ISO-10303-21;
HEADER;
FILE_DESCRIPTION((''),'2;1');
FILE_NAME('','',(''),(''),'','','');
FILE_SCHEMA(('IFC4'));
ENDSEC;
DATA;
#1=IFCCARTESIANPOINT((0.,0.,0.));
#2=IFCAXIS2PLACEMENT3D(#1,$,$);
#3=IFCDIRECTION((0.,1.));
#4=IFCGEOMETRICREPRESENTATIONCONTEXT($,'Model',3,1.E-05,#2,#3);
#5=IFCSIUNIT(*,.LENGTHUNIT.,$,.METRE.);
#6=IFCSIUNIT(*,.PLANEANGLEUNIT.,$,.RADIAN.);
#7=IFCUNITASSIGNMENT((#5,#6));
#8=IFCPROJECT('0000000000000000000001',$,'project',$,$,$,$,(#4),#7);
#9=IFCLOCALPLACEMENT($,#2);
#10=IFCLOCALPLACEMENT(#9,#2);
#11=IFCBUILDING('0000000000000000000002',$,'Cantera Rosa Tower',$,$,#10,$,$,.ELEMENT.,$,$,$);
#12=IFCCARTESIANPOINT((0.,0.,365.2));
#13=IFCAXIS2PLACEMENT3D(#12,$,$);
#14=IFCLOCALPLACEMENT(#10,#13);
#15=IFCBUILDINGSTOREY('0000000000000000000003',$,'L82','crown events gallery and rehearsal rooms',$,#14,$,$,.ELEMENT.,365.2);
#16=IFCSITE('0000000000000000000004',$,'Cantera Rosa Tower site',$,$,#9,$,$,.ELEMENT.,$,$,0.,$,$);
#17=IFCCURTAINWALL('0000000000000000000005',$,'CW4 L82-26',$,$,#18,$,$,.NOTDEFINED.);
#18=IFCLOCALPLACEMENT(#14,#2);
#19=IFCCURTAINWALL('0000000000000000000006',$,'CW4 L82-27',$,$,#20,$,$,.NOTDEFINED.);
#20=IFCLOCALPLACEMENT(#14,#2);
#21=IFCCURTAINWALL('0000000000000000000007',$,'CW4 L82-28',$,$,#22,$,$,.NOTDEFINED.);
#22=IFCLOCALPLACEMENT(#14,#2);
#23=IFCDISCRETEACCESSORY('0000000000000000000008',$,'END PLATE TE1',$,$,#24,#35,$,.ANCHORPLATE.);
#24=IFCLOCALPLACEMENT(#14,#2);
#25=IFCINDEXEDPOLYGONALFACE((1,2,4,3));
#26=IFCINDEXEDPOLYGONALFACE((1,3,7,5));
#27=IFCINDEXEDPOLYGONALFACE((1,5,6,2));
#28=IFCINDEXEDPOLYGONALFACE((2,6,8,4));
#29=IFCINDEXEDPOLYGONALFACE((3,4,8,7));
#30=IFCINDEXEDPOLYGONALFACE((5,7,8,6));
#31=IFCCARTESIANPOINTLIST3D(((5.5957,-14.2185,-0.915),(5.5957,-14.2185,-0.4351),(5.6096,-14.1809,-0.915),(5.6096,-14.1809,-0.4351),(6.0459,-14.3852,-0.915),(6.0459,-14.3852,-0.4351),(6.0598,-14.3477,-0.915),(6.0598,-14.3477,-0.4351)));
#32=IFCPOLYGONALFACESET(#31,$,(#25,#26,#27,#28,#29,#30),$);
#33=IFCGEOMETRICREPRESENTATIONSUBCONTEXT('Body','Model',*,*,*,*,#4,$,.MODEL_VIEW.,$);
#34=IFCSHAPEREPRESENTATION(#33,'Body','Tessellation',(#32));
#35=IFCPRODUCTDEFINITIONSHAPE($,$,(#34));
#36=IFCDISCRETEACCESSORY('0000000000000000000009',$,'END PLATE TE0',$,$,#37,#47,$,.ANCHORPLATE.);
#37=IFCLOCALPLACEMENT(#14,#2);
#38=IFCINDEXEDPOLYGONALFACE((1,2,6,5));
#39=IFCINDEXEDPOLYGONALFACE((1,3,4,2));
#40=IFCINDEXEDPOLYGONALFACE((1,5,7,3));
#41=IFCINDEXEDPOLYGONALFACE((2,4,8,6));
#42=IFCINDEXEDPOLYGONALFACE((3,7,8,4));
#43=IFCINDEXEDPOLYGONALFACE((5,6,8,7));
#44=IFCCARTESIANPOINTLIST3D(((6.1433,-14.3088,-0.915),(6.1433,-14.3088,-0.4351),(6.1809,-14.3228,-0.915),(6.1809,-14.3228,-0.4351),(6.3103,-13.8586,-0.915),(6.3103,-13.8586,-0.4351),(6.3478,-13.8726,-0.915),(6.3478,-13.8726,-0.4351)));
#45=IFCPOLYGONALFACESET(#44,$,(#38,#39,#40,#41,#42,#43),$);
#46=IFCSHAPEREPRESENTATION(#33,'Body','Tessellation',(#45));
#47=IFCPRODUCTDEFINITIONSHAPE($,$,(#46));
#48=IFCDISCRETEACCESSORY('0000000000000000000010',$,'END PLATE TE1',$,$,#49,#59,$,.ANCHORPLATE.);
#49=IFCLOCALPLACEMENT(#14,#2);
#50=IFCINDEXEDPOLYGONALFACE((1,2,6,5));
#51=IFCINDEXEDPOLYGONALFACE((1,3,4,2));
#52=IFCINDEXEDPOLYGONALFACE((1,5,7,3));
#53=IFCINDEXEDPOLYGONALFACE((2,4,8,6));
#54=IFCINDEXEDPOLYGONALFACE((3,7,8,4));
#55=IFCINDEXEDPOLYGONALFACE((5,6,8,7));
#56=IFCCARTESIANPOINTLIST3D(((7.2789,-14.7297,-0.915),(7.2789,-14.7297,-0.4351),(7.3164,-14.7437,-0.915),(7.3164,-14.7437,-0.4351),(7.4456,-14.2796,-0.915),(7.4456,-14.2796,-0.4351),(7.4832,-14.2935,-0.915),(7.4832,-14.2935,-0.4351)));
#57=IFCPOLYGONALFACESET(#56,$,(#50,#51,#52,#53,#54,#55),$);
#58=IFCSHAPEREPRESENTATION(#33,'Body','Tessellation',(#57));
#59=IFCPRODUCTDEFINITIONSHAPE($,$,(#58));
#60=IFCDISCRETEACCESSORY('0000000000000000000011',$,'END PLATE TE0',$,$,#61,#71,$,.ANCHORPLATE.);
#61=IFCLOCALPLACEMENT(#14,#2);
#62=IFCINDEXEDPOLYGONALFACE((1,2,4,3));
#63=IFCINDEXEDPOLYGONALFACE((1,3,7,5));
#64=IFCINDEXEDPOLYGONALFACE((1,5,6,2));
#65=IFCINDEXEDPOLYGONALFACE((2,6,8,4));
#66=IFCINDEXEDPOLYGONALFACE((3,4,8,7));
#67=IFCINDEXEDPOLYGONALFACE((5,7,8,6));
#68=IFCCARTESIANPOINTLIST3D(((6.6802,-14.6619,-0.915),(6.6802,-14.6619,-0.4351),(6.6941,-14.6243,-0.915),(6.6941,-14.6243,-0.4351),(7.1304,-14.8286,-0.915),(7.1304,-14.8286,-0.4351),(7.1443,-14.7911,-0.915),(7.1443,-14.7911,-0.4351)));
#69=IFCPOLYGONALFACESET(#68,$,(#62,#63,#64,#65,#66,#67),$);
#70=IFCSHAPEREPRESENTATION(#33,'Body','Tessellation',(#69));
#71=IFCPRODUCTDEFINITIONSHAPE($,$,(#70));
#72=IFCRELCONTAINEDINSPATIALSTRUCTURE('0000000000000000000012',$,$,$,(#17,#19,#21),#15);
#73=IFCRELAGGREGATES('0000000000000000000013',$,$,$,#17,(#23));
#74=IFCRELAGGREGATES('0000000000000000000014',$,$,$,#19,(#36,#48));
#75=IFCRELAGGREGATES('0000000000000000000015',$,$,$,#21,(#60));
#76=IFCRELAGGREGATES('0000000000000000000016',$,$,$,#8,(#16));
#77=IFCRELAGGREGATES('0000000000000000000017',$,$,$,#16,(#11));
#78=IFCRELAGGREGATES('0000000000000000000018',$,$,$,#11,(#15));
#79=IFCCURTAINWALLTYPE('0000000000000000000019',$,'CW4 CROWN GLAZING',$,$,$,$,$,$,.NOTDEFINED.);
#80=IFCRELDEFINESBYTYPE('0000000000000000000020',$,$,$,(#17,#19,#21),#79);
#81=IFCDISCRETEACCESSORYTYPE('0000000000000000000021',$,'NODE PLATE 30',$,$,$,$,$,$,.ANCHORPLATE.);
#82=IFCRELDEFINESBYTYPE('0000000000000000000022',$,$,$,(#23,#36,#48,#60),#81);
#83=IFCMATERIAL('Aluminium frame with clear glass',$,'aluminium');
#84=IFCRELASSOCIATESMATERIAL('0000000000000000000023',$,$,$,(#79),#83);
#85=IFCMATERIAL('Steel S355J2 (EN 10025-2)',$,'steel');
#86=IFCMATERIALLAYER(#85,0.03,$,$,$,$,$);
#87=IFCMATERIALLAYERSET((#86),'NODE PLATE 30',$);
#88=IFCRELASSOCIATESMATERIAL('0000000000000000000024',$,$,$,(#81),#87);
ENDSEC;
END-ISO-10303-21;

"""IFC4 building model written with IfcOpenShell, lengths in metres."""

from ifc_helpers import new_model, si_unit, direction, frame, origin, place, context, subcontext, project, spatial, polyline, outline, extrude, material, layer, layer_set, type_object, element, aggregate, save


model = new_model("IFC4")

# Units and contexts
model_context = context("Model", 3, precision=1e-05, world=origin(), true_north=direction((0.0, 1.0)))
body_context = subcontext(model_context, "Body", "Model", "MODEL_VIEW")
ifc_project = project(units=[si_unit("LENGTHUNIT", "METRE"), si_unit("PLANEANGLEUNIT", "RADIAN")], contexts=[model_context])

# Site, building, storey
site_placement = place(None, origin())
site = spatial("IfcSite", under=ifc_project, at=site_placement, Name="Cantera Rosa Tower site", CompositionType="ELEMENT", RefElevation=0.0)
building_placement = place(site_placement, origin())
building = spatial("IfcBuilding", under=site, at=building_placement, Name="Cantera Rosa Tower", CompositionType="ELEMENT")
storey_placement = place(building_placement, frame((0.0, 0.0, 365.2)))
storey = spatial("IfcBuildingStorey", under=building, at=storey_placement, Name="L82", Description="crown events gallery and rehearsal rooms", CompositionType="ELEMENT", Elevation=365.2)

# Curtain walls
ifc_material_1 = material(Name="Aluminium frame with clear glass", Category="aluminium")
curtain_wall_type = type_object("IfcCurtainWallType", Name="CW4 CROWN GLAZING", PredefinedType="NOTDEFINED", material=ifc_material_1)
curtain_wall_1_placement = place(storey_placement, origin())
curtain_wall_1 = element("IfcCurtainWall", 1, at=curtain_wall_1_placement, inside=storey, type_object=curtain_wall_type, Name="CW4 L82-26", PredefinedType="NOTDEFINED")
curtain_wall_2_placement = place(storey_placement, origin())
curtain_wall_2 = element("IfcCurtainWall", 2, at=curtain_wall_2_placement, inside=storey, type_object=curtain_wall_type, Name="CW4 L82-27", PredefinedType="NOTDEFINED")
curtain_wall_3_placement = place(storey_placement, origin())
curtain_wall_3 = element("IfcCurtainWall", 3, at=curtain_wall_3_placement, inside=storey, type_object=curtain_wall_type, Name="CW4 L82-28", PredefinedType="NOTDEFINED")

# Shared definitions
ifc_material_2 = material(Name="Steel S355J2 (EN 10025-2)", Category="steel")
ifc_layer_1 = layer(ifc_material_2, 0.03)
ifc_layer_set_1 = layer_set([ifc_layer_1], Name="NODE PLATE 30")
discrete_accessory_type = type_object("IfcDiscreteAccessoryType", Name="NODE PLATE 30", PredefinedType="ANCHORPLATE", material=ifc_layer_set_1)

# Discrete accessories
discrete_accessory_1_placement = place(storey_placement, frame((5.6096, -14.1809, -0.4351), z_axis=(0.347331, 0.937743, 0.0), x_axis=(0.937743, -0.347331, 0.0)))
discrete_accessory_1 = element("IfcDiscreteAccessory", 4, at=discrete_accessory_1_placement, type_object=discrete_accessory_type, Name="END PLATE TE1", PredefinedType="ANCHORPLATE", context=body_context, shape_type="SweptSolid", body=[
    extrude(outline(polyline([(0.0, 0.0), (0.4801, 0.0), (0.4801, 0.48), (0.0, 0.48), (0.0, 0.0)])), origin(), (0.0, 0.0, -1.0), 0.04),
])
aggregate(curtain_wall_1, [discrete_accessory_1])
discrete_accessory_2_placement = place(storey_placement, frame((6.1433, -14.3088, -0.4351), z_axis=(-0.937577, 0.347778, 0.0), x_axis=(0.347778, 0.937577, 0.0)))
discrete_accessory_2 = element("IfcDiscreteAccessory", 5, at=discrete_accessory_2_placement, type_object=discrete_accessory_type, Name="END PLATE TE0", PredefinedType="ANCHORPLATE", context=body_context, shape_type="SweptSolid", body=[
    extrude(outline(polyline([(0.0, 0.0), (0.4802, 0.0), (0.4802, 0.48), (0.0, 0.48), (0.0, 0.0)])), origin(), (0.0, 0.0, -1.0), 0.04),
])
discrete_accessory_3_placement = place(storey_placement, frame((7.4832, -14.2935, -0.4351), z_axis=(0.937743, -0.347331, 0.0), x_axis=(-0.347331, -0.937743, 0.0)))
discrete_accessory_3 = element("IfcDiscreteAccessory", 6, at=discrete_accessory_3_placement, type_object=discrete_accessory_type, Name="END PLATE TE1", PredefinedType="ANCHORPLATE", context=body_context, shape_type="SweptSolid", body=[
    extrude(outline(polyline([(0.0, 0.0), (0.4801, 0.0), (0.4801, 0.48), (0.0, 0.48), (0.0, 0.0)])), origin(), (0.0, 0.0, -1.0), 0.04),
])
aggregate(curtain_wall_2, [discrete_accessory_2, discrete_accessory_3])
discrete_accessory_4_placement = place(storey_placement, frame((7.1304, -14.8286, -0.4351), z_axis=(-0.347331, -0.937743, 0.0), x_axis=(-0.937743, 0.347331, 0.0)))
discrete_accessory_4 = element("IfcDiscreteAccessory", 7, at=discrete_accessory_4_placement, type_object=discrete_accessory_type, Name="END PLATE TE0", PredefinedType="ANCHORPLATE", context=body_context, shape_type="SweptSolid", body=[
    extrude(outline(polyline([(0.0, 0.0), (0.4801, 0.0), (0.4801, 0.48), (0.0, 0.48), (0.0, 0.0)])), origin(), (0.0, 0.0, -1.0), 0.04),
])
aggregate(curtain_wall_3, [discrete_accessory_4])

save(model, "model.ifc")
